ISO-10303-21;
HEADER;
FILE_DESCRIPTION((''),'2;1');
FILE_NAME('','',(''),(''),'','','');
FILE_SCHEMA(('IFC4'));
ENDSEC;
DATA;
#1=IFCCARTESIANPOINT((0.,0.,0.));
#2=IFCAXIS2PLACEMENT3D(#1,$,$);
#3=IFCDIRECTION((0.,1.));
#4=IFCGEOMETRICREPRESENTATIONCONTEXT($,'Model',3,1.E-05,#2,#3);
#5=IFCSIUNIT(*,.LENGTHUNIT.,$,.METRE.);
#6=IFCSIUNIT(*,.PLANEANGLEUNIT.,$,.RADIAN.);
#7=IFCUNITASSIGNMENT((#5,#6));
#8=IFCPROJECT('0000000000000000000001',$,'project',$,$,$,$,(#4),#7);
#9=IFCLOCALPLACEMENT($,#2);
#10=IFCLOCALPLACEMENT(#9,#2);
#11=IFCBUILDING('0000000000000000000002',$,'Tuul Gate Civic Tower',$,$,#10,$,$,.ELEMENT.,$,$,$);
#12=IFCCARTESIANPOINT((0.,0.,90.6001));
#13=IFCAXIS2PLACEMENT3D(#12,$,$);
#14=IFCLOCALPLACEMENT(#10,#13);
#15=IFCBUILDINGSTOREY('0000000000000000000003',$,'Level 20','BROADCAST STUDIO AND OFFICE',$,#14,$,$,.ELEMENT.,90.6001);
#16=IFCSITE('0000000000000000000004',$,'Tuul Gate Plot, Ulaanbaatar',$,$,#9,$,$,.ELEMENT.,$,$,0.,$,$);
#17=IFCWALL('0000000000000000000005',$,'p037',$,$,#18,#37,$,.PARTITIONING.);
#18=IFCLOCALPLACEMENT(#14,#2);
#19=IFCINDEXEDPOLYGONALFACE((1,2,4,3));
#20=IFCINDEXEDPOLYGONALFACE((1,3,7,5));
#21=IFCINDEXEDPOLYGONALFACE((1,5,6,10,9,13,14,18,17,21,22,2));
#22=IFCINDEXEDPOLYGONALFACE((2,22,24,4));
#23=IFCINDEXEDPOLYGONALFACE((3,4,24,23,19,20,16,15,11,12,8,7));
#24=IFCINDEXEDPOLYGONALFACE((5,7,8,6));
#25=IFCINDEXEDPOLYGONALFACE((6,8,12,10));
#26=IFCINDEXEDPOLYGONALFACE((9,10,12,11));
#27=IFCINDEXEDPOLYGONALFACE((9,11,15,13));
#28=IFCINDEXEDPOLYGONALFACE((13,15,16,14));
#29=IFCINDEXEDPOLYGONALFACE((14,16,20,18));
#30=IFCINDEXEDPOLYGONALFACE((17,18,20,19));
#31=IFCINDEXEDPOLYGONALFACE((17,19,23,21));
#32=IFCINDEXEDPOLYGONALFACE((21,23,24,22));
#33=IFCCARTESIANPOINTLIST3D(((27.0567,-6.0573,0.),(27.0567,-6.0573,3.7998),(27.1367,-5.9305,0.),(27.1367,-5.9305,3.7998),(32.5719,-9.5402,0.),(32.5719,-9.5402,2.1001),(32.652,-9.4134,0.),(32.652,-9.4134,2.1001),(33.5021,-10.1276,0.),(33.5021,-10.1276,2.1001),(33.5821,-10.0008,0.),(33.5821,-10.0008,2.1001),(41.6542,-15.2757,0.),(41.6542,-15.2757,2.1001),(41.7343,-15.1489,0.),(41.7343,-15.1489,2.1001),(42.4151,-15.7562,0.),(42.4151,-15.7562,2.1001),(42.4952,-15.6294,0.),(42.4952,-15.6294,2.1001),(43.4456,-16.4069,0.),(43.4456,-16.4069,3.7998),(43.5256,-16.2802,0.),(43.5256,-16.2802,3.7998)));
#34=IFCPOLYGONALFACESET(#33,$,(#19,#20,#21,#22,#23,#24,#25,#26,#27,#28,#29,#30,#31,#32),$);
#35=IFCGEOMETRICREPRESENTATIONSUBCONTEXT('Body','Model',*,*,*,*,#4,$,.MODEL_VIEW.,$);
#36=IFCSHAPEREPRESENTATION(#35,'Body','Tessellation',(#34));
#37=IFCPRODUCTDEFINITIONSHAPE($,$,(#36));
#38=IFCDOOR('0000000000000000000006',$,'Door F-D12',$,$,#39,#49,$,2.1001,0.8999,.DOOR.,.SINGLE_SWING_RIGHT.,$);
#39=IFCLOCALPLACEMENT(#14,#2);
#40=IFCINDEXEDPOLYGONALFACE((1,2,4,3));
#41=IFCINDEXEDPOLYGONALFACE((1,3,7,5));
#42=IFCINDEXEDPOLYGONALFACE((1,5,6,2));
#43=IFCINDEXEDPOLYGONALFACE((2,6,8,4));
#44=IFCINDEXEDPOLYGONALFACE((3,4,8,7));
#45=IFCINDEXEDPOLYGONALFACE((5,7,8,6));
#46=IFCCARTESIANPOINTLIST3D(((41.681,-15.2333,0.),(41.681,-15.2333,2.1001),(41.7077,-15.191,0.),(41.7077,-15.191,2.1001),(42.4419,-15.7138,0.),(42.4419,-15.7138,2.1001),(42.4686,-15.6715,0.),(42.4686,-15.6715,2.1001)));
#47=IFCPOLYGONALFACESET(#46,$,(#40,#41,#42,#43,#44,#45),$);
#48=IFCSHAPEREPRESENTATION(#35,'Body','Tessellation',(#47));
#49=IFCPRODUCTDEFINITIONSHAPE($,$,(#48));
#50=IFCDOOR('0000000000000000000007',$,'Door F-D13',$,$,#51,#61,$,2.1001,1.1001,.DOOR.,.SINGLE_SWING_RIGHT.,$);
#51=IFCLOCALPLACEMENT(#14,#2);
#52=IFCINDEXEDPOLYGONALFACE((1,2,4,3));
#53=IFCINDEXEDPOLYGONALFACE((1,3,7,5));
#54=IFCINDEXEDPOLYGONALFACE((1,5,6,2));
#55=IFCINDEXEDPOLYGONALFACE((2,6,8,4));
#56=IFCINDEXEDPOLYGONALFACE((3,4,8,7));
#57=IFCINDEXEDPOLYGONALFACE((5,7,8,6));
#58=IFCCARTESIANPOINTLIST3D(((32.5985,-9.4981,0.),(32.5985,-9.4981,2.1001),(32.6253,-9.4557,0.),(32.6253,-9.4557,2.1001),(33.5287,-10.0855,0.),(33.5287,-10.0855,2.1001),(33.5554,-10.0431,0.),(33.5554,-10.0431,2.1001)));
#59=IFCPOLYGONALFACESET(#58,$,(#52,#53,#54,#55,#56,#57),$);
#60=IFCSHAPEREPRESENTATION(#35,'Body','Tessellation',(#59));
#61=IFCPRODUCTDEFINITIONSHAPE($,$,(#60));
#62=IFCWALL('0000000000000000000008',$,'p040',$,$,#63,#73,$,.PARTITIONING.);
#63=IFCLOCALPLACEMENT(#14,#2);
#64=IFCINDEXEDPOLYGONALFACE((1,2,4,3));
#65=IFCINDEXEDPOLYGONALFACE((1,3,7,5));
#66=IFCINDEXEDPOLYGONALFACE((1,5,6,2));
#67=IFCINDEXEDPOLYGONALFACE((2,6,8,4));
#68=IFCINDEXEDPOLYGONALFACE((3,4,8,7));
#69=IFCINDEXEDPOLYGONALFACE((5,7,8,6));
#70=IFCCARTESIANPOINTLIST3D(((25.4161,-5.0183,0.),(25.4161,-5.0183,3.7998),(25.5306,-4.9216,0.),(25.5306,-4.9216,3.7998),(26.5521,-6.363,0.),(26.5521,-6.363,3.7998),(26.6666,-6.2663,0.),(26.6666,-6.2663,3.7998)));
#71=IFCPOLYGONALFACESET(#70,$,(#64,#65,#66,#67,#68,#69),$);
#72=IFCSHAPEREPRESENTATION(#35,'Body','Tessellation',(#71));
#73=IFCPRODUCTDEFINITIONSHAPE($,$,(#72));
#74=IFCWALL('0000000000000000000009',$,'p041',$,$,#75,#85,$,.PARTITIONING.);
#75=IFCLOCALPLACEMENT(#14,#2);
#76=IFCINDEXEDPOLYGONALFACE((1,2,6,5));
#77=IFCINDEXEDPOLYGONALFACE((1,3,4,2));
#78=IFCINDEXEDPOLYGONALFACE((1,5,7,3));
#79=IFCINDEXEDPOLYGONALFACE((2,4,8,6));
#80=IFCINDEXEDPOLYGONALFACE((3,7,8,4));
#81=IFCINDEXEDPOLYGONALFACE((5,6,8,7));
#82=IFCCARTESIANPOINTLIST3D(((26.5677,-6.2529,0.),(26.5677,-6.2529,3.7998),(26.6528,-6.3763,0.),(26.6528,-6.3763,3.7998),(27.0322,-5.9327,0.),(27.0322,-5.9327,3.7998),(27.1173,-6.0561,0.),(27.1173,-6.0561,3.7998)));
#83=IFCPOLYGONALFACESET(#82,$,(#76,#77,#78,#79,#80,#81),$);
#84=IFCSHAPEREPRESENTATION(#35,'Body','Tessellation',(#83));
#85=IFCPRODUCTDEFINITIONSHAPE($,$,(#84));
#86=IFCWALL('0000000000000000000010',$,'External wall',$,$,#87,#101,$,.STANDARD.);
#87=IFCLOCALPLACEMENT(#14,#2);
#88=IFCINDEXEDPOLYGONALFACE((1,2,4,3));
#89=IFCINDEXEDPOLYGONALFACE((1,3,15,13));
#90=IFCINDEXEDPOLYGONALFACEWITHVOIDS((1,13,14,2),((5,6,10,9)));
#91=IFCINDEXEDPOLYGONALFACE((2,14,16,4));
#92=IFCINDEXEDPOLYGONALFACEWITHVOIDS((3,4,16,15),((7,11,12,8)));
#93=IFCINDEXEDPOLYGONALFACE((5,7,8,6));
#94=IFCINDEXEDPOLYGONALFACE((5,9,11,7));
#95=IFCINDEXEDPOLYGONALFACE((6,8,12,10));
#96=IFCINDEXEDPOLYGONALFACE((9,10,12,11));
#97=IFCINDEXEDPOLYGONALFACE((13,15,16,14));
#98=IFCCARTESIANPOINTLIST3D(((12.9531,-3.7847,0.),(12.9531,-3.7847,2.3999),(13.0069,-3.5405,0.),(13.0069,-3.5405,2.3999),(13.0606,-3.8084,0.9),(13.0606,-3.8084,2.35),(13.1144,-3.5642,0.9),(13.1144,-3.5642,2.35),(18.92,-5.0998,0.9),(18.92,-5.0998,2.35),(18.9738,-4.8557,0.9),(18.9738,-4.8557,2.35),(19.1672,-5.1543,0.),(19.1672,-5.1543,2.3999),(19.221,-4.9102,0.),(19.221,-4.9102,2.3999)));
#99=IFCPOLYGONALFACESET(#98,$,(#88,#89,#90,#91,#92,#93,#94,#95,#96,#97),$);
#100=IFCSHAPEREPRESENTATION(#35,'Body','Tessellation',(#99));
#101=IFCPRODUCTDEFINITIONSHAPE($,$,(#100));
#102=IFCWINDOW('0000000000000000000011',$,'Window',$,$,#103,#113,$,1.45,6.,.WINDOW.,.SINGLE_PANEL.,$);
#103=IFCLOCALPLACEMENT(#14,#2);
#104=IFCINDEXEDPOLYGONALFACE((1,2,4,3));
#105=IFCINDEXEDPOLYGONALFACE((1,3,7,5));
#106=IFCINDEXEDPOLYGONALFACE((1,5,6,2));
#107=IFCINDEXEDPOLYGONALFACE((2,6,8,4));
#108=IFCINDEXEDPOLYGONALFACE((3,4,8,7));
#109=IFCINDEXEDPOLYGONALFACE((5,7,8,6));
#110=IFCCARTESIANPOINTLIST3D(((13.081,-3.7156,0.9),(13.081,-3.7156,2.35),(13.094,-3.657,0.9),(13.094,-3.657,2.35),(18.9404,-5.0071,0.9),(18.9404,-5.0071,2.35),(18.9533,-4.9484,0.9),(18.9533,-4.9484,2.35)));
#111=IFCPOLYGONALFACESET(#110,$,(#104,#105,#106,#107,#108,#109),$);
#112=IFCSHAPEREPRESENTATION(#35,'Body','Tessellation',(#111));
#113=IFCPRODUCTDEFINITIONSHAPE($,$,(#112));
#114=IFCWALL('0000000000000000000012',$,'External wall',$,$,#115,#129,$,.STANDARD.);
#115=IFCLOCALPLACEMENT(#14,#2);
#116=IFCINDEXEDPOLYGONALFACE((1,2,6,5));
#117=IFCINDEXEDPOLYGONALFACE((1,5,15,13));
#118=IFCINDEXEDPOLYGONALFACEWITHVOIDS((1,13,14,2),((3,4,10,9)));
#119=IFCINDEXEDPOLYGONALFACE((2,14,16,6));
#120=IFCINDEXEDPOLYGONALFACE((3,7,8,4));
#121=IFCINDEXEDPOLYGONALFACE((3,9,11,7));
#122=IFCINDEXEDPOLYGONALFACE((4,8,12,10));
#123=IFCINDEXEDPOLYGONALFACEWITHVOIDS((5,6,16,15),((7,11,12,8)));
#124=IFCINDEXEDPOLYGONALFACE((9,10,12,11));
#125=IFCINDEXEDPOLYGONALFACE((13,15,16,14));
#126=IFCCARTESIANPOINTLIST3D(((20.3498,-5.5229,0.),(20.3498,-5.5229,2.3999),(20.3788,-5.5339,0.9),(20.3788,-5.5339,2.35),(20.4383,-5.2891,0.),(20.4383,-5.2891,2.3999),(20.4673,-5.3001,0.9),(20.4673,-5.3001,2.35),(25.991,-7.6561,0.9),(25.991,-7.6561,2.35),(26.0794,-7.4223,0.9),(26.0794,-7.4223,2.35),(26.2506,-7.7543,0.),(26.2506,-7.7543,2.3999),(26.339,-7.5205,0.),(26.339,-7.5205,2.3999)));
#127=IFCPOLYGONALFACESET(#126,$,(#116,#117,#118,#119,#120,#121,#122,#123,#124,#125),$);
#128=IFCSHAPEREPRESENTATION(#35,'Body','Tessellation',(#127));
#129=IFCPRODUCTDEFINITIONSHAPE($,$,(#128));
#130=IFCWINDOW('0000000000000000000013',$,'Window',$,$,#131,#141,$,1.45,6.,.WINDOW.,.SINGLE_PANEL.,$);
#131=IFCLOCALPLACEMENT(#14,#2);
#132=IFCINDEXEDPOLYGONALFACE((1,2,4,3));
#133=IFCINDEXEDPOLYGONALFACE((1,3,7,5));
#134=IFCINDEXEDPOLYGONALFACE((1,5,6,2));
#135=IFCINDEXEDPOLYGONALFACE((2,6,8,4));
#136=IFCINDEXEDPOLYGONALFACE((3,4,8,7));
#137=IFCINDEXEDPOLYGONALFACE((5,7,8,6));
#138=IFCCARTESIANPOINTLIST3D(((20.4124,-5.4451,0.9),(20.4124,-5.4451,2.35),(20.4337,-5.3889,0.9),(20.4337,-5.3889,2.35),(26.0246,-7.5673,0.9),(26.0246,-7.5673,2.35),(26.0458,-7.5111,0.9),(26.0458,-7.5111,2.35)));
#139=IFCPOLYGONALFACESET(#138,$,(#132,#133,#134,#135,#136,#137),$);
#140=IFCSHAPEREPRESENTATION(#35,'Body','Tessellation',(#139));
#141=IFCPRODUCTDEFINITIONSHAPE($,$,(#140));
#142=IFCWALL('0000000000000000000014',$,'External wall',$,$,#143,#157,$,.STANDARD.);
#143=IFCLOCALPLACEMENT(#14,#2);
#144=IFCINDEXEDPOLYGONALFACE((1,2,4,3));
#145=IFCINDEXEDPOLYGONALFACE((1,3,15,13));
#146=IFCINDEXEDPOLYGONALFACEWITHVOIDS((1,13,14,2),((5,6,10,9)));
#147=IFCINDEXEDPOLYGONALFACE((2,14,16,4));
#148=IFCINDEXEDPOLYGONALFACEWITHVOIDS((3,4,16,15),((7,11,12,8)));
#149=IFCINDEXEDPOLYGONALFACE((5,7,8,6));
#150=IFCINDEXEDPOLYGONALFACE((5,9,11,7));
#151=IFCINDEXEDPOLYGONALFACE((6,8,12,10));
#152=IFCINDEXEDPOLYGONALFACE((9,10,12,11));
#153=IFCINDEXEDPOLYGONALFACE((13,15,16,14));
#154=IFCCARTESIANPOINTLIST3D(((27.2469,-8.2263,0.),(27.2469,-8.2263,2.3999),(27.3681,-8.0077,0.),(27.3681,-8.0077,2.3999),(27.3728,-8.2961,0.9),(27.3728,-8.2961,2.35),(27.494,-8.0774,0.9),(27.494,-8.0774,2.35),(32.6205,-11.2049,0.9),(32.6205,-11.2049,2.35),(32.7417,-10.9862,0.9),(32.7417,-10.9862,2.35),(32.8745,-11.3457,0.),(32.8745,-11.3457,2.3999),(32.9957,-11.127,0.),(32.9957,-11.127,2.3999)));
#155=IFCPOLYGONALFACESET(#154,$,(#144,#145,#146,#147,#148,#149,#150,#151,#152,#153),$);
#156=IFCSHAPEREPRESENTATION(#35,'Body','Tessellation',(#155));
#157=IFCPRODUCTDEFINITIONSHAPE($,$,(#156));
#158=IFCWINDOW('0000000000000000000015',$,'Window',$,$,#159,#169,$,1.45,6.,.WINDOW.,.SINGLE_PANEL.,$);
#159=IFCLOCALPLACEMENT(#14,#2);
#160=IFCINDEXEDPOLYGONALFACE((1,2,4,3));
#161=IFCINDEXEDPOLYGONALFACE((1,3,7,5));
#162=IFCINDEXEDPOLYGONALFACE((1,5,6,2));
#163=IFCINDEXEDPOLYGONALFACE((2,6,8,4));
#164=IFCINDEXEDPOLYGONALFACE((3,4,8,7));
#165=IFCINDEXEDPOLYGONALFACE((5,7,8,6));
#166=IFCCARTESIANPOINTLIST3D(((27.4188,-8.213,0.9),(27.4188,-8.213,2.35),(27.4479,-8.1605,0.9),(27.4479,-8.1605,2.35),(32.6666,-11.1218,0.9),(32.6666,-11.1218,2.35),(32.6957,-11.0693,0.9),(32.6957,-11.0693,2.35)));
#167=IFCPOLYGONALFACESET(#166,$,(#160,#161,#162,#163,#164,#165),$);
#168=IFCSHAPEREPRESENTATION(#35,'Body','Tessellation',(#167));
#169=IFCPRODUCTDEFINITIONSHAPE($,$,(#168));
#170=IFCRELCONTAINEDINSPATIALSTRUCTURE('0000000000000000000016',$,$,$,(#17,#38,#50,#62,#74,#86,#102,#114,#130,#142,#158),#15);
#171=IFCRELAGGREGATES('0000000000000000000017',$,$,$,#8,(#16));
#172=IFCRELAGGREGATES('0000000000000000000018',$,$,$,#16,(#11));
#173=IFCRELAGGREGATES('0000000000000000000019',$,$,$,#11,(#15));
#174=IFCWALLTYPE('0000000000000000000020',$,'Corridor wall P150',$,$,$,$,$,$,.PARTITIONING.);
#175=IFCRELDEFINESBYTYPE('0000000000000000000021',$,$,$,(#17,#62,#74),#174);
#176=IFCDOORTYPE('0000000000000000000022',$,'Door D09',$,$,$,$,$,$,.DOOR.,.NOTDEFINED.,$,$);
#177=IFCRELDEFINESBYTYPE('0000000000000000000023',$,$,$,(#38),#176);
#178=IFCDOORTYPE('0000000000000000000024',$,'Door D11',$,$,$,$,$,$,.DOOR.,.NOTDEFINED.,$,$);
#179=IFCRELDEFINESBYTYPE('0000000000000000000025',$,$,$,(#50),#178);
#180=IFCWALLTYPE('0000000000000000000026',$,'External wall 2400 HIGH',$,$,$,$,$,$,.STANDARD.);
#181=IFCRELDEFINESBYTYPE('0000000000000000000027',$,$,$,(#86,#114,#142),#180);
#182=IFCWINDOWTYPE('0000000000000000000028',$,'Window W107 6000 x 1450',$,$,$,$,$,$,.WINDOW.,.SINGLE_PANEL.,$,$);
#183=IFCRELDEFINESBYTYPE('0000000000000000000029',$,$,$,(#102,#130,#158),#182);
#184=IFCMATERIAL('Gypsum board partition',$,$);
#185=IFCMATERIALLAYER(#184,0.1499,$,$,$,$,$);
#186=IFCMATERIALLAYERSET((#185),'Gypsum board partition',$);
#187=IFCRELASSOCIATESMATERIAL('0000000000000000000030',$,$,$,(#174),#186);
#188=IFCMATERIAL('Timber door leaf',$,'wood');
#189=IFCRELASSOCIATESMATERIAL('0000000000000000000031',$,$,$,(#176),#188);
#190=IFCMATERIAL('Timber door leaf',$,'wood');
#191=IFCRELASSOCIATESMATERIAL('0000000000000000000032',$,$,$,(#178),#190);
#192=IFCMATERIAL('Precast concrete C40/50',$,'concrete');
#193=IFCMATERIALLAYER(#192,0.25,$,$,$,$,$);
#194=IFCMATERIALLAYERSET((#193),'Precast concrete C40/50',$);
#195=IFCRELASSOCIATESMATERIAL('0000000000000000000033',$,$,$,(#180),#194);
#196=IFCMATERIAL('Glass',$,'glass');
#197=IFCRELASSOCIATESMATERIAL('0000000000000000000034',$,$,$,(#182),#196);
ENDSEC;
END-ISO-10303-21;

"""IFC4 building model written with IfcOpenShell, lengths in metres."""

from ifc_helpers import new_model, si_unit, direction, frame, frame_2d, origin, place, context, subcontext, project, spatial, rectangle, extrude, material, layer, layer_set, type_object, element, fill, save


model = new_model("IFC4")

# Units and contexts
model_context = context("Model", 3, precision=1e-05, world=origin(), true_north=direction((0.0, 1.0)))
body_context = subcontext(model_context, "Body", "Model", "MODEL_VIEW")
ifc_project = project(units=[si_unit("LENGTHUNIT", "METRE"), si_unit("PLANEANGLEUNIT", "RADIAN")], contexts=[model_context])

# Site, building, storey
site_placement = place(None, origin())
site = spatial("IfcSite", under=ifc_project, at=site_placement, Name="Tuul Gate Plot, Ulaanbaatar", CompositionType="ELEMENT", RefElevation=0.0)
building_placement = place(site_placement, origin())
building = spatial("IfcBuilding", under=site, at=building_placement, Name="Tuul Gate Civic Tower", CompositionType="ELEMENT")
storey_placement = place(building_placement, frame((0.0, 0.0, 90.6001)))
storey = spatial("IfcBuildingStorey", under=building, at=storey_placement, Name="Level 20", Description="BROADCAST STUDIO AND OFFICE", CompositionType="ELEMENT", Elevation=90.6001)

# Wall, openings, doors
ifc_material_1 = material(Name="Gypsum board partition")
ifc_layer_1 = layer(ifc_material_1, 0.1499)
ifc_layer_set_1 = layer_set([ifc_layer_1], Name="Gypsum board partition")
wall_type_1 = type_object("IfcWallType", Name="Corridor wall P150", PredefinedType="PARTITIONING", material=ifc_layer_set_1)
wall_1_placement = place(storey_placement, frame((27.0967, -5.9939, 0.0), z_axis=(0.0, 0.0, 1.0), x_axis=(0.845519, -0.533946, 0.0)))
wall_1 = element("IfcWall", 1, at=wall_1_placement, inside=storey, type_object=wall_type_1, Name="p037", PredefinedType="PARTITIONING", context=body_context, shape_type="SweptSolid", body=[
    extrude(rectangle(XDim=19.3833, YDim=0.1499, at=frame_2d((9.6917, 0.0))), origin(), (0.0, 0.0, 1.0), 3.7998),
])
opening_1_placement = place(wall_1_placement, frame((17.2646, 0.0, 0.0)))
opening_1 = element("IfcOpeningElement", 2, at=opening_1_placement, cuts=wall_1, PredefinedType="OPENING", context=body_context, shape_type="SweptSolid", body=[
    extrude(rectangle(XDim=0.8999, YDim=2.1001, at=frame_2d((0.45, 1.05))), frame((0.0, 0.085, 0.0), z_axis=(0.0, -1.0, 0.0), x_axis=(1.0, 0.0, 0.0)), (0.0, 0.0, 1.0), 0.1699),
])
opening_2_placement = place(wall_1_placement, frame((6.5229, 0.0, 0.0)))
opening_2 = element("IfcOpeningElement", 3, at=opening_2_placement, cuts=wall_1, PredefinedType="OPENING", context=body_context, shape_type="SweptSolid", body=[
    extrude(rectangle(XDim=1.1001, YDim=2.1001, at=frame_2d((0.55, 1.05))), frame((0.0, 0.085, 0.0), z_axis=(0.0, -1.0, 0.0), x_axis=(1.0, 0.0, 0.0)), (0.0, 0.0, 1.0), 0.1699),
])
ifc_material_2 = material(Name="Timber door leaf", Category="wood")
door_type_1 = type_object("IfcDoorType", Name="Door D09", OperationType="NOTDEFINED", PredefinedType="DOOR", material=ifc_material_2)
door_1_placement = place(opening_1_placement, frame((0.8999, 0.0, 0.0), z_axis=(0.0, 0.0, 1.0), x_axis=(-1.0, 0.0, 0.0)))
door_1 = element("IfcDoor", 4, at=door_1_placement, inside=storey, type_object=door_type_1, Name="Door F-D12", OperationType="SINGLE_SWING_RIGHT", OverallHeight=2.1001, OverallWidth=0.8999, PredefinedType="DOOR", context=body_context, shape_type="SweptSolid", body=[
    extrude(rectangle(XDim=0.8999, YDim=2.1001, at=frame_2d((0.45, 1.05))), frame((0.0, 0.0249, 0.0), z_axis=(0.0, -1.0, 0.0), x_axis=(1.0, 0.0, 0.0)), (0.0, 0.0, 1.0), 0.05),
])
fill(opening_1, door_1)
ifc_material_3 = material(Name="Timber door leaf", Category="wood")
door_type_2 = type_object("IfcDoorType", Name="Door D11", OperationType="NOTDEFINED", PredefinedType="DOOR", material=ifc_material_3)
door_2_placement = place(opening_2_placement, origin())
door_2 = element("IfcDoor", 5, at=door_2_placement, inside=storey, type_object=door_type_2, Name="Door F-D13", OperationType="SINGLE_SWING_RIGHT", OverallHeight=2.1001, OverallWidth=1.1001, PredefinedType="DOOR", context=body_context, shape_type="SweptSolid", body=[
    extrude(rectangle(XDim=1.1001, YDim=2.1001, at=frame_2d((0.55, 1.05))), frame((0.0, 0.0249, 0.0), z_axis=(0.0, -1.0, 0.0), x_axis=(1.0, 0.0, 0.0)), (0.0, 0.0, 1.0), 0.05),
])
fill(opening_2, door_2)

# Walls
wall_2_placement = place(storey_placement, frame((25.4734, -4.97, 0.0), z_axis=(0.0, 0.0, 1.0), x_axis=(0.645327, -0.763907, 0.0)))
element("IfcWall", 6, at=wall_2_placement, inside=storey, type_object=wall_type_1, Name="p040", PredefinedType="PARTITIONING", context=body_context, shape_type="SweptSolid", body=[
    extrude(rectangle(XDim=1.7603, YDim=0.1499, at=frame_2d((0.8801, 0.0))), origin(), (0.0, 0.0, 1.0), 3.7998),
])
wall_3_placement = place(storey_placement, frame((26.6101, -6.3147, 0.0), z_axis=(0.0, 0.0, 1.0), x_axis=(0.823296, 0.567612, 0.0)))
element("IfcWall", 7, at=wall_3_placement, inside=storey, type_object=wall_type_1, Name="p041", PredefinedType="PARTITIONING", context=body_context, shape_type="SweptSolid", body=[
    extrude(rectangle(XDim=0.5642, YDim=0.1499, at=frame_2d((0.2822, 0.0))), origin(), (0.0, 0.0, 1.0), 3.7998),
])

# Walls, openings, windows
ifc_material_4 = material(Name="Precast concrete C40/50", Category="concrete")
ifc_layer_2 = layer(ifc_material_4, 0.25)
ifc_layer_set_2 = layer_set([ifc_layer_2], Name="Precast concrete C40/50")
wall_type_2 = type_object("IfcWallType", Name="External wall 2400 HIGH", PredefinedType="STANDARD", material=ifc_layer_set_2)
wall_4_placement = place(storey_placement, frame((12.98, -3.6626, 0.0), z_axis=(0.0, 0.0, 1.0), x_axis=(0.976561, -0.21524, 0.0)))
wall_4 = element("IfcWall", 8, at=wall_4_placement, inside=storey, type_object=wall_type_2, Name="External wall", PredefinedType="STANDARD", context=body_context, shape_type="SweptSolid", body=[
    extrude(rectangle(XDim=6.3633, YDim=0.25, at=frame_2d((3.1816, 0.0))), origin(), (0.0, 0.0, 1.0), 2.3999),
])
opening_3_placement = place(wall_4_placement, frame((0.1101, 0.0, 0.8999)))
opening_3 = element("IfcOpeningElement", 9, at=opening_3_placement, cuts=wall_4, PredefinedType="OPENING", context=body_context, shape_type="SweptSolid", body=[
    extrude(rectangle(XDim=6.0, YDim=1.45, at=frame_2d((3.0, 0.7251))), frame((0.0, 0.135, 0.0), z_axis=(0.0, -1.0, 0.0), x_axis=(1.0, 0.0, 0.0)), (0.0, 0.0, 1.0), 0.27),
])
ifc_material_5 = material(Name="Glass", Category="glass")
window_type = type_object("IfcWindowType", Name="Window W107 6000 x 1450", PartitioningType="SINGLE_PANEL", PredefinedType="WINDOW", material=ifc_material_5)
window_1_placement = place(opening_3_placement, origin())
window_1 = element("IfcWindow", 10, at=window_1_placement, inside=storey, type_object=window_type, Name="Window", OverallHeight=1.45, OverallWidth=6.0, PartitioningType="SINGLE_PANEL", PredefinedType="WINDOW", context=body_context, shape_type="SweptSolid", body=[
    extrude(rectangle(XDim=6.0, YDim=1.45, at=frame_2d((3.0, 0.7251))), frame((0.0, 0.03, 0.0), z_axis=(0.0, -1.0, 0.0), x_axis=(1.0, 0.0, 0.0)), (0.0, 0.0, 1.0), 0.0601),
])
fill(opening_3, window_1)
wall_5_placement = place(storey_placement, frame((20.394, -5.406, 0.0), z_axis=(0.0, 0.0, 1.0), x_axis=(0.935355, -0.353709, 0.0)))
wall_5 = element("IfcWall", 11, at=wall_5_placement, inside=storey, type_object=wall_type_2, Name="External wall", PredefinedType="STANDARD", context=body_context, shape_type="SweptSolid", body=[
    extrude(rectangle(XDim=6.3086, YDim=0.25, at=frame_2d((3.1543, 0.0))), origin(), (0.0, 0.0, 1.0), 2.3999),
])
opening_4_placement = place(wall_5_placement, frame((0.031, 0.0, 0.8999)))
opening_4 = element("IfcOpeningElement", 12, at=opening_4_placement, cuts=wall_5, PredefinedType="OPENING", context=body_context, shape_type="SweptSolid", body=[
    extrude(rectangle(XDim=6.0, YDim=1.45, at=frame_2d((3.0, 0.7251))), frame((0.0, 0.135, 0.0), z_axis=(0.0, -1.0, 0.0), x_axis=(1.0, 0.0, 0.0)), (0.0, 0.0, 1.0), 0.27),
])
window_2_placement = place(opening_4_placement, origin())
window_2 = element("IfcWindow", 13, at=window_2_placement, inside=storey, type_object=window_type, Name="Window", OverallHeight=1.45, OverallWidth=6.0, PartitioningType="SINGLE_PANEL", PredefinedType="WINDOW", context=body_context, shape_type="SweptSolid", body=[
    extrude(rectangle(XDim=6.0, YDim=1.45, at=frame_2d((3.0, 0.7251))), frame((0.0, 0.03, 0.0), z_axis=(0.0, -1.0, 0.0), x_axis=(1.0, 0.0, 0.0)), (0.0, 0.0, 1.0), 0.0601),
])
fill(opening_4, window_2)
wall_6_placement = place(storey_placement, frame((27.3074, -8.1169, 0.0), z_axis=(0.0, 0.0, 1.0), x_axis=(0.874626, -0.484799, 0.0)))
wall_6 = element("IfcWall", 14, at=wall_6_placement, inside=storey, type_object=wall_type_2, Name="External wall", PredefinedType="STANDARD", context=body_context, shape_type="SweptSolid", body=[
    extrude(rectangle(XDim=6.4343, YDim=0.25, at=frame_2d((3.2173, 0.0))), origin(), (0.0, 0.0, 1.0), 2.3999),
])
opening_5_placement = place(wall_6_placement, frame((0.144, 0.0, 0.8999)))
opening_5 = element("IfcOpeningElement", 15, at=opening_5_placement, cuts=wall_6, PredefinedType="OPENING", context=body_context, shape_type="SweptSolid", body=[
    extrude(rectangle(XDim=6.0, YDim=1.45, at=frame_2d((3.0, 0.7251))), frame((0.0, 0.135, 0.0), z_axis=(0.0, -1.0, 0.0), x_axis=(1.0, 0.0, 0.0)), (0.0, 0.0, 1.0), 0.27),
])
window_3_placement = place(opening_5_placement, origin())
window_3 = element("IfcWindow", 16, at=window_3_placement, inside=storey, type_object=window_type, Name="Window", OverallHeight=1.45, OverallWidth=6.0, PartitioningType="SINGLE_PANEL", PredefinedType="WINDOW", context=body_context, shape_type="SweptSolid", body=[
    extrude(rectangle(XDim=6.0, YDim=1.45, at=frame_2d((3.0, 0.7251))), frame((0.0, 0.03, 0.0), z_axis=(0.0, -1.0, 0.0), x_axis=(1.0, 0.0, 0.0)), (0.0, 0.0, 1.0), 0.0601),
])
fill(opening_5, window_3)

save(model, "model.ifc")
